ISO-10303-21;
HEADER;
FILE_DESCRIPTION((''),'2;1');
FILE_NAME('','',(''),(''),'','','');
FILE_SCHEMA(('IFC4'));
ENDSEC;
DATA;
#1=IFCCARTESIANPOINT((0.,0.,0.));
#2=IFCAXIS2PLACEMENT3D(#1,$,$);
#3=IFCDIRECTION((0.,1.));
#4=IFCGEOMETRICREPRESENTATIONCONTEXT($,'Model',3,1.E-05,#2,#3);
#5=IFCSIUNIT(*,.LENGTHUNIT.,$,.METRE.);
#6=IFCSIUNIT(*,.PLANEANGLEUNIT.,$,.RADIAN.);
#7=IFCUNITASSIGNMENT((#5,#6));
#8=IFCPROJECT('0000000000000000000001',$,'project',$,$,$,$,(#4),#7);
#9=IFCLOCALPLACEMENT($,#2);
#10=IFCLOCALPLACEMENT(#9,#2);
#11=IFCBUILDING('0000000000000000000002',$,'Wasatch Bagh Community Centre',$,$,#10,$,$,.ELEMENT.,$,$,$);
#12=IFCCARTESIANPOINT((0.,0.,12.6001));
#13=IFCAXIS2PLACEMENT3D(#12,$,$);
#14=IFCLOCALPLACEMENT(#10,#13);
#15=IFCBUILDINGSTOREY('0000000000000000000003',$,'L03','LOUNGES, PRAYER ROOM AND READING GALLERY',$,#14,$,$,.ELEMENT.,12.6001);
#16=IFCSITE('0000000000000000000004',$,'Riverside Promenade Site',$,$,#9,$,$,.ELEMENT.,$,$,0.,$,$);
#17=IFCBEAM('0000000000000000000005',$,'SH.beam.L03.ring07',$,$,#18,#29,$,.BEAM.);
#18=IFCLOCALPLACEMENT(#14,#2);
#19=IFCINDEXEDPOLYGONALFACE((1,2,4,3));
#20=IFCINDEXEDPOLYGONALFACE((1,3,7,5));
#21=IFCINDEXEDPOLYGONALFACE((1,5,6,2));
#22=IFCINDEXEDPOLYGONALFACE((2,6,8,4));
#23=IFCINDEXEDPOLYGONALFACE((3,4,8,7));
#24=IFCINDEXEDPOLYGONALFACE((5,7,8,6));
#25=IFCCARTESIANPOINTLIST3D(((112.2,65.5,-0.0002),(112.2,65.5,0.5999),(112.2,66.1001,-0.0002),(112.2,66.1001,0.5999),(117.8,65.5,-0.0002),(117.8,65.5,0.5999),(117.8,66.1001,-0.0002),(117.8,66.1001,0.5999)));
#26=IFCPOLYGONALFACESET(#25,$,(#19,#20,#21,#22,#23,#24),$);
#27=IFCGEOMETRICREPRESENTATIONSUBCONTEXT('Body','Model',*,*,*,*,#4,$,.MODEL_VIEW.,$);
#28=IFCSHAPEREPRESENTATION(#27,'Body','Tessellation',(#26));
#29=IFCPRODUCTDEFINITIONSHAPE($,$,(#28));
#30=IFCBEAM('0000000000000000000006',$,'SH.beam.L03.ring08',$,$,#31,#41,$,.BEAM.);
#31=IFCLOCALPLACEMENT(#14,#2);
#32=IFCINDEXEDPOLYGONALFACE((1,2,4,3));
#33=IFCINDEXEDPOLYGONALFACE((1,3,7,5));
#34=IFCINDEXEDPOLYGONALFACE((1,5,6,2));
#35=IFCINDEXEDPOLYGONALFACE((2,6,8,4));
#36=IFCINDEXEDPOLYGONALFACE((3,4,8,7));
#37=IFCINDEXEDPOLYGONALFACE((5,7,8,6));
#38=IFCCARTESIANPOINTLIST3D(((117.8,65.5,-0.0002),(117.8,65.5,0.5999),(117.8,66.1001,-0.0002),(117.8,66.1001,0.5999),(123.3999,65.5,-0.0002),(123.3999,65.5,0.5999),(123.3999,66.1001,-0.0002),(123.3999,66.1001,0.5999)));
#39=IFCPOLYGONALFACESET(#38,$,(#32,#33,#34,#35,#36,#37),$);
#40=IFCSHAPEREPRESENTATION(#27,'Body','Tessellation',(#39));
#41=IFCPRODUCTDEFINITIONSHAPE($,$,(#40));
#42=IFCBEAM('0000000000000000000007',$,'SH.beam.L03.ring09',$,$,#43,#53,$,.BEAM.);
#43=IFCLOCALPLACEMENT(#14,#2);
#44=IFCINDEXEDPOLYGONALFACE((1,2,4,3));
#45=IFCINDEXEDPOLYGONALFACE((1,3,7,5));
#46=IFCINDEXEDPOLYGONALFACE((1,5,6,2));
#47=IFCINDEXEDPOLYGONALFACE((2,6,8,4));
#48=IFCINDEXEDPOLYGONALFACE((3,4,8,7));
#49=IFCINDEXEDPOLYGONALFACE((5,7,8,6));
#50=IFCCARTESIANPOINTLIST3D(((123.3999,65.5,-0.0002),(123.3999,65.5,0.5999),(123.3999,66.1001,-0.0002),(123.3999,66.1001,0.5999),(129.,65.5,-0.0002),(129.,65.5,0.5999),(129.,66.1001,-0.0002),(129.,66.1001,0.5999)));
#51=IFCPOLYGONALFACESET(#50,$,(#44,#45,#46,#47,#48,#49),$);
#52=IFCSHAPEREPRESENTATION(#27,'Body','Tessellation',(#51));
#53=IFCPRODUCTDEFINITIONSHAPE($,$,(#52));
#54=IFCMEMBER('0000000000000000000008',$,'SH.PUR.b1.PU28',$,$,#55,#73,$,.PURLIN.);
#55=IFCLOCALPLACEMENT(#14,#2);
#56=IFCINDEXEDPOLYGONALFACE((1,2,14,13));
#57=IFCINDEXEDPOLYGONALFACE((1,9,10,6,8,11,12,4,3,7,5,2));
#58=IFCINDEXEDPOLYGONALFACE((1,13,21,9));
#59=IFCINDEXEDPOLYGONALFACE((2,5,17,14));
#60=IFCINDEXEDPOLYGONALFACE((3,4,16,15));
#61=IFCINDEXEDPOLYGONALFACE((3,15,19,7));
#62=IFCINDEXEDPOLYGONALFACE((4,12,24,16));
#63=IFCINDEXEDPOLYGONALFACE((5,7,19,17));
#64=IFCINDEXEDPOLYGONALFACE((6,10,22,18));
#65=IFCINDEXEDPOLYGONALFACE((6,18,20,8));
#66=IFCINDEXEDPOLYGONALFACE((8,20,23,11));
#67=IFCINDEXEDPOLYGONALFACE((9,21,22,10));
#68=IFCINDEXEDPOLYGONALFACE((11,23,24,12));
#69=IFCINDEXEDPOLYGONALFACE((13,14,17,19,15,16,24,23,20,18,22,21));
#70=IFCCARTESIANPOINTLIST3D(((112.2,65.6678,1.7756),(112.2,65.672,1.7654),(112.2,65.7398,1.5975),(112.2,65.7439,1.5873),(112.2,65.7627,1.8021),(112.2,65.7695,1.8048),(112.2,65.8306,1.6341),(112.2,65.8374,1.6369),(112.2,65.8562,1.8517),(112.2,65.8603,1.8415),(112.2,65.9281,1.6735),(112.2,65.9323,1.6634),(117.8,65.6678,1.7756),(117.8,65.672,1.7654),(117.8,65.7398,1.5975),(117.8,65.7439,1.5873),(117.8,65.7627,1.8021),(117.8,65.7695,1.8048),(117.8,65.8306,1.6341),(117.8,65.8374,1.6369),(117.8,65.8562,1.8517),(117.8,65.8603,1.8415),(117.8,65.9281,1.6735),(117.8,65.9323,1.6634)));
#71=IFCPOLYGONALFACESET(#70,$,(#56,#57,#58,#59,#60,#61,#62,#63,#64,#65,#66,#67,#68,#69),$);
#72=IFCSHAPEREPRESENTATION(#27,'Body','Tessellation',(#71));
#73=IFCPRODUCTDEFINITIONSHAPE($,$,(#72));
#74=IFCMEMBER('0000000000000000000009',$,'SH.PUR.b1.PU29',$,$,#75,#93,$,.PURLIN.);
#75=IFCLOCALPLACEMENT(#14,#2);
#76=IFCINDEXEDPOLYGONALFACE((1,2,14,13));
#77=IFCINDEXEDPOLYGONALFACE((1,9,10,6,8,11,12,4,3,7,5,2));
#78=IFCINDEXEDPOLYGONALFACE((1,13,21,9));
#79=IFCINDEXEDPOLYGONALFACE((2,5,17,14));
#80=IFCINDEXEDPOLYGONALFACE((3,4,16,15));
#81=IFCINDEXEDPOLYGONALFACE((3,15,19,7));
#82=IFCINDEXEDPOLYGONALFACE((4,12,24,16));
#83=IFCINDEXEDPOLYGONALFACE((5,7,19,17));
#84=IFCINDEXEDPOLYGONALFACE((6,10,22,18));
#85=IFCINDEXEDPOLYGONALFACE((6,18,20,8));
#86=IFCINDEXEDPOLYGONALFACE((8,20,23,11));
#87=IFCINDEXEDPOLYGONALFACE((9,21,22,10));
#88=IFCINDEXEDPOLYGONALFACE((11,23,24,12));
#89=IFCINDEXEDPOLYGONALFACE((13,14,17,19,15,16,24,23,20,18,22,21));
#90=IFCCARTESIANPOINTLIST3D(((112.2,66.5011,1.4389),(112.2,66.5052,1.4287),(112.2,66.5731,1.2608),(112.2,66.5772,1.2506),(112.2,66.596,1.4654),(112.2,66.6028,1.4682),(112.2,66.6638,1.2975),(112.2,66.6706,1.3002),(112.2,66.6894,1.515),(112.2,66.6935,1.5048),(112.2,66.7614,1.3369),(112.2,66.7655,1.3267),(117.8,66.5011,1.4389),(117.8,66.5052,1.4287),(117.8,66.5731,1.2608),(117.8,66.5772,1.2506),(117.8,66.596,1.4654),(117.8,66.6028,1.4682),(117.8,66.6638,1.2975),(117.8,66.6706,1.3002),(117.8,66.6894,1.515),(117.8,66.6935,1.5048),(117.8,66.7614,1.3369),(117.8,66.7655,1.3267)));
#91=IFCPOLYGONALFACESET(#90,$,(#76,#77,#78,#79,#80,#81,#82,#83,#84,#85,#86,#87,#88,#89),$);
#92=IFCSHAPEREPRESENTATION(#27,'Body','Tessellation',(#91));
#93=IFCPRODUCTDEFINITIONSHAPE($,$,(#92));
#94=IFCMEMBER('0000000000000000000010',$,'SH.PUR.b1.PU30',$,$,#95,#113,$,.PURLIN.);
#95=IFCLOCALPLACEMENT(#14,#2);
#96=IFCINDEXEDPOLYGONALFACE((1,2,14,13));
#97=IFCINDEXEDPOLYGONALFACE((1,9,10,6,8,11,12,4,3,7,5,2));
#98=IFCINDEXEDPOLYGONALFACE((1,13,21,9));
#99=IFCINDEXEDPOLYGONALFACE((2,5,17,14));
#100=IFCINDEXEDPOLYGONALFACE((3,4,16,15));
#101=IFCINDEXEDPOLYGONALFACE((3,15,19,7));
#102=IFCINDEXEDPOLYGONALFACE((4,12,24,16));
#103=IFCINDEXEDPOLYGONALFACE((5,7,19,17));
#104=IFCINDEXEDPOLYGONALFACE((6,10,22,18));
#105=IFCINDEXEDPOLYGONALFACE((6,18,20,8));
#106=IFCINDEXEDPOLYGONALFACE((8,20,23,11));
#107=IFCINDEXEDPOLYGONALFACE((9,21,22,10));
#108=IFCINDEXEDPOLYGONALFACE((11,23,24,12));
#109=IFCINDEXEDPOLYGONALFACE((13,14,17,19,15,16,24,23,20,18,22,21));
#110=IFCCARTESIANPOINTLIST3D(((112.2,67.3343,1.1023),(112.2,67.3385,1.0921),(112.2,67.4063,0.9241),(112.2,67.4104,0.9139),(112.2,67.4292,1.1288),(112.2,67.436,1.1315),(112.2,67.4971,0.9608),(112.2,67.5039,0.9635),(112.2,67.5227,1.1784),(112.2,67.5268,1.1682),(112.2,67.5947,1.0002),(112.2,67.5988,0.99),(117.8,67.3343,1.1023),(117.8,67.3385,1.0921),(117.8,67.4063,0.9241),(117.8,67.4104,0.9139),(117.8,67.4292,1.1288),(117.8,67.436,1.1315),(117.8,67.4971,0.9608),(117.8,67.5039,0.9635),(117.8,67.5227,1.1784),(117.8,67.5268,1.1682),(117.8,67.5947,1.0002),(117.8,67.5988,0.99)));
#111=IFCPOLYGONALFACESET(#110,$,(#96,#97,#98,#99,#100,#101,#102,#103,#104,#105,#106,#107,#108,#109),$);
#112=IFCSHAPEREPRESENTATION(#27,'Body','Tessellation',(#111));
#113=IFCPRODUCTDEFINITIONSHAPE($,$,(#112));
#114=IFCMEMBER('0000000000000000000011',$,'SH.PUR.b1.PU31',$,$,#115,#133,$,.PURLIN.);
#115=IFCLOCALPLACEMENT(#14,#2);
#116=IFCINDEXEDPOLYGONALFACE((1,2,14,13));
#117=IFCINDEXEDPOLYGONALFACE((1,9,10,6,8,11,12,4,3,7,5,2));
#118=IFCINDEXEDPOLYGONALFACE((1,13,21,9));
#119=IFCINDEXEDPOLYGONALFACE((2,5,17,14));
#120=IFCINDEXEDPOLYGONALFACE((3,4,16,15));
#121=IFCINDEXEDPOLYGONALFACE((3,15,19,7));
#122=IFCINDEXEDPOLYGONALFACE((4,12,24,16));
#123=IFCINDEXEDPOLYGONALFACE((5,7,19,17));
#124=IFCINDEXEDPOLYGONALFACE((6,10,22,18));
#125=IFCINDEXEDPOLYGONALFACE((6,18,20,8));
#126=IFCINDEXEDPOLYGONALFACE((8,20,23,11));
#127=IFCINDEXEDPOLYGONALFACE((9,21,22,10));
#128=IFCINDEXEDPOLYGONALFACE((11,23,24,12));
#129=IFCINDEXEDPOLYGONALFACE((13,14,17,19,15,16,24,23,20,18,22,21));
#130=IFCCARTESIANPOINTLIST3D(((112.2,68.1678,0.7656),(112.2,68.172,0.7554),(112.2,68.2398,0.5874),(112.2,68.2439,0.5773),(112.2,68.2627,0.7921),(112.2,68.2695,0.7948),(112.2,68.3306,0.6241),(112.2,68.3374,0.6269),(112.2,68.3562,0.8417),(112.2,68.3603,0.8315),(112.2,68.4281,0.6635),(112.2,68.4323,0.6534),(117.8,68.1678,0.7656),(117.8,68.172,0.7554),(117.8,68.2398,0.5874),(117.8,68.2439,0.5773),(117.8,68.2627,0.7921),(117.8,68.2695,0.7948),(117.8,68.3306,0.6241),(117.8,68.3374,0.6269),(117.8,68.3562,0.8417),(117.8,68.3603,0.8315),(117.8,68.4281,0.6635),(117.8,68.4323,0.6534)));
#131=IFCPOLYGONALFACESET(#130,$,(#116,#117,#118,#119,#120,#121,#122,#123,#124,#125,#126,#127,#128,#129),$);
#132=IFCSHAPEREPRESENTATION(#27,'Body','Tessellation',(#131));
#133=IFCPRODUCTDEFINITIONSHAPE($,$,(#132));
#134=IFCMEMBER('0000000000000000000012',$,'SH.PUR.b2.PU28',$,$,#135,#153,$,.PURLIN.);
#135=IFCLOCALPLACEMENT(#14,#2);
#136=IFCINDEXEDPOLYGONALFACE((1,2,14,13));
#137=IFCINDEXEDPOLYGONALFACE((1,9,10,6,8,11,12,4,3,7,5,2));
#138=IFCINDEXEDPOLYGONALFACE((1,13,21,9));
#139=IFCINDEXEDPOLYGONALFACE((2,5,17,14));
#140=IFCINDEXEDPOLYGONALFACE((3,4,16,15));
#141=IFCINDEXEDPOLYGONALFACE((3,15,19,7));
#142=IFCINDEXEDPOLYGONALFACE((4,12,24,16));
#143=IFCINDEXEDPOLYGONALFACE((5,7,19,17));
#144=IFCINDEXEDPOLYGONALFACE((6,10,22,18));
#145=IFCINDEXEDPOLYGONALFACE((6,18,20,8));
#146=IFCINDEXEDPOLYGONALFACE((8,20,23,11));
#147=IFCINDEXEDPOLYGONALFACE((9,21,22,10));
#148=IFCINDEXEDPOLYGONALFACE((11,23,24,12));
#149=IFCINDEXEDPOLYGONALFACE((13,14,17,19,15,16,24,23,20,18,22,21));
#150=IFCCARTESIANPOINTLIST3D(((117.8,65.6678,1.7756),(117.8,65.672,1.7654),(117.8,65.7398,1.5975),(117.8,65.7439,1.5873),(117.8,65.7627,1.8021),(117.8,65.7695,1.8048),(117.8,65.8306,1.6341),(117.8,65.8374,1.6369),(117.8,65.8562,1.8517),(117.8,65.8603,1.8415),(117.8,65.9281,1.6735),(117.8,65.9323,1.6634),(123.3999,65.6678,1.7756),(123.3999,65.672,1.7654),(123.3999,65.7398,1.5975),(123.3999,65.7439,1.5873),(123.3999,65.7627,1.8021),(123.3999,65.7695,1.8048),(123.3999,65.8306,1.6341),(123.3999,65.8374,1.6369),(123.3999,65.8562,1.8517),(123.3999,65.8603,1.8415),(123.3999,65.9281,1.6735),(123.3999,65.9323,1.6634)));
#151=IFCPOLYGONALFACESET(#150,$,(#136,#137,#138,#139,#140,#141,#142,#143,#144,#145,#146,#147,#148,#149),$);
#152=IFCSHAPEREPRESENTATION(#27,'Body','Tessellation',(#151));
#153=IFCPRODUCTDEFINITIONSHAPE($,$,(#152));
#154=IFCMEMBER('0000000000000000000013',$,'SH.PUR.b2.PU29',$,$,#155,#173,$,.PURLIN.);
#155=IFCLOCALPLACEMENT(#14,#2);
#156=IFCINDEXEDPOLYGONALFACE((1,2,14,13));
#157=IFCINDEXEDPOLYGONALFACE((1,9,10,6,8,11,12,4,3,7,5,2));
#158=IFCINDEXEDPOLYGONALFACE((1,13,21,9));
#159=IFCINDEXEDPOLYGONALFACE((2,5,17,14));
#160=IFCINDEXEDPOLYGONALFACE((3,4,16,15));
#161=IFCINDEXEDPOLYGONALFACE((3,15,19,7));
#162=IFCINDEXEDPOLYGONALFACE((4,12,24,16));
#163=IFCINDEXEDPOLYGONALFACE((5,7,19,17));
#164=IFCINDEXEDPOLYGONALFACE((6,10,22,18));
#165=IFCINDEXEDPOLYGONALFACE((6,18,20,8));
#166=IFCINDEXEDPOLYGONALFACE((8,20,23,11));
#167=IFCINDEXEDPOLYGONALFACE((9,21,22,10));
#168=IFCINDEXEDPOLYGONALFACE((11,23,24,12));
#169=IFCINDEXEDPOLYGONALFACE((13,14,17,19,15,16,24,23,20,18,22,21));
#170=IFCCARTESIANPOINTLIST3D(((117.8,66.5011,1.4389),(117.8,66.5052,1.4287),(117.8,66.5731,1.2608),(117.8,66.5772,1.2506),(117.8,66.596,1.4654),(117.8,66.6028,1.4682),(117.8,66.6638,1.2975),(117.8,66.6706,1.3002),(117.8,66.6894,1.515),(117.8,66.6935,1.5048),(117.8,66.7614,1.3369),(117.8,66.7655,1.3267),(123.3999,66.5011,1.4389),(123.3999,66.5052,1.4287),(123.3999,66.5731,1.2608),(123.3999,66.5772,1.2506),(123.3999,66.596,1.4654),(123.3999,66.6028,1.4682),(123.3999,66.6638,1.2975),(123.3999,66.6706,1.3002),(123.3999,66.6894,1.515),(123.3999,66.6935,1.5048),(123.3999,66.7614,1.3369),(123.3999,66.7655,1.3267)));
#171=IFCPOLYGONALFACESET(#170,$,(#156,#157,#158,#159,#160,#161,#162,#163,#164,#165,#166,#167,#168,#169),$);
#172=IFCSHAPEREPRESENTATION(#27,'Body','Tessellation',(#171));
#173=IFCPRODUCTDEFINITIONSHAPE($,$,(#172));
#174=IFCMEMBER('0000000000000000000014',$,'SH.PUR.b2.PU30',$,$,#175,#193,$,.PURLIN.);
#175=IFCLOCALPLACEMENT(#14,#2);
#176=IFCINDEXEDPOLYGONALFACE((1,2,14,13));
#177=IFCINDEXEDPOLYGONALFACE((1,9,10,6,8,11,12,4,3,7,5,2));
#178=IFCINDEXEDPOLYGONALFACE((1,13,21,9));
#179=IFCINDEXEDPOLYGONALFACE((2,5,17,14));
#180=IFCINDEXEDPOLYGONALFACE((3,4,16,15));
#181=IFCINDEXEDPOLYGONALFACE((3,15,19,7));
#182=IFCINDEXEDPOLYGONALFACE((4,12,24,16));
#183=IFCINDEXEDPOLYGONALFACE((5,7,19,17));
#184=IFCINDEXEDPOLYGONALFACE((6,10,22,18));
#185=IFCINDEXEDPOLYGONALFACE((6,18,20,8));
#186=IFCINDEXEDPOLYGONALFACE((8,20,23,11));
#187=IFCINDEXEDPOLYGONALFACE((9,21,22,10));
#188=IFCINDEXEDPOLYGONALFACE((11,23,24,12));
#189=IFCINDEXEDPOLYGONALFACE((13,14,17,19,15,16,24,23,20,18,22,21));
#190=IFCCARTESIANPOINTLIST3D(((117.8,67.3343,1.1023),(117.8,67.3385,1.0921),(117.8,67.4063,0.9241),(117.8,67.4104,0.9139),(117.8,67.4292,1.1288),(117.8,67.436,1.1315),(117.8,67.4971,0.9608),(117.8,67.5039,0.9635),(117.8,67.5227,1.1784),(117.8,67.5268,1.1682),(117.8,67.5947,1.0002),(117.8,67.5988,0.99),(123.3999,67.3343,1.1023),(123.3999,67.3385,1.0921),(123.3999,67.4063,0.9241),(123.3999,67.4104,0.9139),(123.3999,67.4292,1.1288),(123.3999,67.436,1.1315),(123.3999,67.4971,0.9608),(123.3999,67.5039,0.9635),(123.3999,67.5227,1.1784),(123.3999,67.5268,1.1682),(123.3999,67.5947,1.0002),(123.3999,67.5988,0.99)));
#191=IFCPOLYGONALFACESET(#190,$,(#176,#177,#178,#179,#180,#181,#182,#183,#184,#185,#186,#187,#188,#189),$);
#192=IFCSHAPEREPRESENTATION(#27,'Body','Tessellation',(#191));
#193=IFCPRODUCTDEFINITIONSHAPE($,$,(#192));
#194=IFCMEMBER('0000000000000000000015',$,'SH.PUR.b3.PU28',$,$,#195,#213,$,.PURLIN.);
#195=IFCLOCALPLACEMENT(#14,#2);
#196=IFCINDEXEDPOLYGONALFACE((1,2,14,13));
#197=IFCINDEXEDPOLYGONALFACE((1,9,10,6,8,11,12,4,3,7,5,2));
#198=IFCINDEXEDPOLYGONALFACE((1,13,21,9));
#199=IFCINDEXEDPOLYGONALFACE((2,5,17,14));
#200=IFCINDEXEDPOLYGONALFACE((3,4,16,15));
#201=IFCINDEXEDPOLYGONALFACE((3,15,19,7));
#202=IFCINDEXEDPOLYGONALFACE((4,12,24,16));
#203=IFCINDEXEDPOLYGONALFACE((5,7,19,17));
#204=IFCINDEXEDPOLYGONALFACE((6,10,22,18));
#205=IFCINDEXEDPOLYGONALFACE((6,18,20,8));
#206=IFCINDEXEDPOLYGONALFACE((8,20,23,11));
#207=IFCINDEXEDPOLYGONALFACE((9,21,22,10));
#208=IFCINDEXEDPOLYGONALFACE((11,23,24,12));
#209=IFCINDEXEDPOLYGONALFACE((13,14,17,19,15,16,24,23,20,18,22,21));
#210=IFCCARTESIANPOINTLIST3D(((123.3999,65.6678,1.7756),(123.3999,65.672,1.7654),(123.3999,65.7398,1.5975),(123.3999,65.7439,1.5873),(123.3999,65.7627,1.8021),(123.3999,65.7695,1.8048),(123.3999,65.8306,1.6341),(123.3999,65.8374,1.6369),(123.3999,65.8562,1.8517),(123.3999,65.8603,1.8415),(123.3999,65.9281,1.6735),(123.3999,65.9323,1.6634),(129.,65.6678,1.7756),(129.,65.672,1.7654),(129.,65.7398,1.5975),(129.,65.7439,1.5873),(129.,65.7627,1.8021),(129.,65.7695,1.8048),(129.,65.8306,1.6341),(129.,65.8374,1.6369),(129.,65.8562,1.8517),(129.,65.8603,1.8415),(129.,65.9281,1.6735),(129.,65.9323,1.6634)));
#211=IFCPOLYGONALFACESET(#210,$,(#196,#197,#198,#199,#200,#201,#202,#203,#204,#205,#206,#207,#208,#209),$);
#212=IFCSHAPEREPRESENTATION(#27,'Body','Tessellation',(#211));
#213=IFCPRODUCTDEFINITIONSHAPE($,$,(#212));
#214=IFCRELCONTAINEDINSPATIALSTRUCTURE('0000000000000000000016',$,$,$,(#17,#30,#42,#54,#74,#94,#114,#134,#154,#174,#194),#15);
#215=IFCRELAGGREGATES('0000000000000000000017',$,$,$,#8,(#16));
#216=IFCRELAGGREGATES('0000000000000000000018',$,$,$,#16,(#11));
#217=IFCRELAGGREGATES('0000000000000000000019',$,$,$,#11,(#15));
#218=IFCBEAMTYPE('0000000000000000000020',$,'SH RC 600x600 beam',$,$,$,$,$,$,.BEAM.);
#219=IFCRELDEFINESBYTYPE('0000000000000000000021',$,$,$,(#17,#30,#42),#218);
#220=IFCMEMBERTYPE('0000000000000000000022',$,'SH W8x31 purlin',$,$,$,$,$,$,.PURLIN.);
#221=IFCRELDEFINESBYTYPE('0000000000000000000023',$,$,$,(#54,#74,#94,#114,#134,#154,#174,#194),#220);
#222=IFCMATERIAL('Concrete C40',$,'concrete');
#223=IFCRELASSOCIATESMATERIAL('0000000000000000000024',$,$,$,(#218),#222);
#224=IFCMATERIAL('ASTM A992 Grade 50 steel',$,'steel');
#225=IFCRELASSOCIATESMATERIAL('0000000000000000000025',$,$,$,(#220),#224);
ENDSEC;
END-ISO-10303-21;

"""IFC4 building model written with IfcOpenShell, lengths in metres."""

from ifc_helpers import new_model, si_unit, direction, frame, origin, origin_2d, place, context, subcontext, project, spatial, rectangle, i_section, extrude, material, material_profile, profile_set, type_object, element, save


model = new_model("IFC4")

# Units and contexts
model_context = context("Model", 3, precision=1e-05, world=origin(), true_north=direction((0.0, 1.0)))
body_context = subcontext(model_context, "Body", "Model", "MODEL_VIEW")
ifc_project = project(units=[si_unit("LENGTHUNIT", "METRE"), si_unit("PLANEANGLEUNIT", "RADIAN")], contexts=[model_context])

# Site, building, storey
site_placement = place(None, origin())
site = spatial("IfcSite", under=ifc_project, at=site_placement, Name="Riverside Promenade Site", CompositionType="ELEMENT", RefElevation=0.0)
building_placement = place(site_placement, origin())
building = spatial("IfcBuilding", under=site, at=building_placement, Name="Wasatch Bagh Community Centre", CompositionType="ELEMENT")
storey_placement = place(building_placement, frame((0.0, 0.0, 12.6001)))
storey = spatial("IfcBuildingStorey", under=building, at=storey_placement, Name="L03", Description="LOUNGES, PRAYER ROOM AND READING GALLERY", CompositionType="ELEMENT", Elevation=12.6001)

# Shared definitions
ifc_material_1 = material(Name="ASTM A992 Grade 50 steel", Category="steel")

# Beams
ifc_material_2 = material(Name="Concrete C40", Category="concrete")
ifc_material_profile_1 = material_profile(ifc_material_2, rectangle(XDim=0.6001, YDim=0.6001, at=origin_2d()), Name="RC 600x600")
ifc_profile_set_1 = profile_set([ifc_material_profile_1], Name="Concrete C40")
beam_type_1 = type_object("IfcBeamType", Name="SH RC 600x600 beam", PredefinedType="BEAM", material=ifc_profile_set_1)
beam_1_placement = place(storey_placement, frame((112.2, 65.8, 0.2998), z_axis=(1.0, 0.0, 0.0), x_axis=(0.0, 1.0, 0.0)))
element("IfcBeam", 1, at=beam_1_placement, inside=storey, type_object=beam_type_1, Name="SH.beam.L03.ring07", PredefinedType="BEAM", context=body_context, shape_type="SweptSolid", body=[
    extrude(rectangle(XDim=0.6001, YDim=0.6001, at=origin_2d()), origin(), (0.0, 0.0, 1.0), 5.6001),
])
beam_2_placement = place(storey_placement, frame((117.8, 65.8, 0.2998), z_axis=(1.0, 0.0, 0.0), x_axis=(0.0, 1.0, 0.0)))
element("IfcBeam", 2, at=beam_2_placement, inside=storey, type_object=beam_type_1, Name="SH.beam.L03.ring08", PredefinedType="BEAM", context=body_context, shape_type="SweptSolid", body=[
    extrude(rectangle(XDim=0.6001, YDim=0.6001, at=origin_2d()), origin(), (0.0, 0.0, 1.0), 5.5999),
])
beam_3_placement = place(storey_placement, frame((123.3999, 65.8, 0.2998), z_axis=(1.0, 0.0, 0.0), x_axis=(0.0, 1.0, 0.0)))
element("IfcBeam", 3, at=beam_3_placement, inside=storey, type_object=beam_type_1, Name="SH.beam.L03.ring09", PredefinedType="BEAM", context=body_context, shape_type="SweptSolid", body=[
    extrude(rectangle(XDim=0.6001, YDim=0.6001, at=origin_2d()), origin(), (0.0, 0.0, 1.0), 5.6001),
])

# Members
ifc_material_profile_2 = material_profile(ifc_material_1, i_section(OverallWidth=0.2031, OverallDepth=0.2031, WebThickness=0.0073, FlangeThickness=0.011, at=origin_2d()), Name="W8x31")
ifc_profile_set_2 = profile_set([ifc_material_profile_2], Name="ASTM A992 Grade 50 steel")
member_type_1 = type_object("IfcMemberType", Name="SH W8x31 purlin", PredefinedType="PURLIN", material=ifc_profile_set_2)
for number, where, z_axis, x_axis, name in (
    (4, (112.2, 65.8, 1.7195), (1.0, 0.0, 0.0), (0.0, 0.927184, 0.374607), "SH.PUR.b1.PU28"),
    (5, (112.2, 66.6333, 1.3828), (1.0, 0.0, 0.0), (0.0, 0.927184, 0.374607), "SH.PUR.b1.PU29"),
    (6, (112.2, 67.4666, 1.0461), (1.0, 0.0, 0.0), (0.0, 0.927184, 0.374607), "SH.PUR.b1.PU30"),
    (7, (112.2, 68.3, 0.7095), (1.0, 0.0, 0.0), (0.0, 0.927184, 0.374607), "SH.PUR.b1.PU31"),
):
    element("IfcMember", number, at=place(storey_placement, frame(where, z_axis=z_axis, x_axis=x_axis)), inside=storey, type_object=member_type_1, Name=name, PredefinedType="PURLIN", context=body_context, shape_type="SweptSolid", body=[
        extrude(i_section(OverallWidth=0.2031, OverallDepth=0.2031, WebThickness=0.0073, FlangeThickness=0.011, at=origin_2d()), origin(), (0.0, 0.0, 1.0), 5.6001),
    ])
for number, where, z_axis, x_axis, name in (
    (8, (117.8, 65.8, 1.7195), (1.0, 0.0, 0.0), (0.0, 0.927184, 0.374607), "SH.PUR.b2.PU28"),
    (9, (117.8, 66.6333, 1.3828), (1.0, 0.0, 0.0), (0.0, 0.927184, 0.374607), "SH.PUR.b2.PU29"),
    (10, (117.8, 67.4666, 1.0461), (1.0, 0.0, 0.0), (0.0, 0.927184, 0.374607), "SH.PUR.b2.PU30"),
):
    element("IfcMember", number, at=place(storey_placement, frame(where, z_axis=z_axis, x_axis=x_axis)), inside=storey, type_object=member_type_1, Name=name, PredefinedType="PURLIN", context=body_context, shape_type="SweptSolid", body=[
        extrude(i_section(OverallWidth=0.2031, OverallDepth=0.2031, WebThickness=0.0073, FlangeThickness=0.011, at=origin_2d()), origin(), (0.0, 0.0, 1.0), 5.5999),
    ])
for number, where, z_axis, x_axis, name in (
    (11, (123.3999, 65.8, 1.7195), (1.0, 0.0, 0.0), (0.0, 0.927184, 0.374607), "SH.PUR.b3.PU28"),
):
    element("IfcMember", number, at=place(storey_placement, frame(where, z_axis=z_axis, x_axis=x_axis)), inside=storey, type_object=member_type_1, Name=name, PredefinedType="PURLIN", context=body_context, shape_type="SweptSolid", body=[
        extrude(i_section(OverallWidth=0.2031, OverallDepth=0.2031, WebThickness=0.0073, FlangeThickness=0.011, at=origin_2d()), origin(), (0.0, 0.0, 1.0), 5.6001),
    ])

save(model, "model.ifc")
